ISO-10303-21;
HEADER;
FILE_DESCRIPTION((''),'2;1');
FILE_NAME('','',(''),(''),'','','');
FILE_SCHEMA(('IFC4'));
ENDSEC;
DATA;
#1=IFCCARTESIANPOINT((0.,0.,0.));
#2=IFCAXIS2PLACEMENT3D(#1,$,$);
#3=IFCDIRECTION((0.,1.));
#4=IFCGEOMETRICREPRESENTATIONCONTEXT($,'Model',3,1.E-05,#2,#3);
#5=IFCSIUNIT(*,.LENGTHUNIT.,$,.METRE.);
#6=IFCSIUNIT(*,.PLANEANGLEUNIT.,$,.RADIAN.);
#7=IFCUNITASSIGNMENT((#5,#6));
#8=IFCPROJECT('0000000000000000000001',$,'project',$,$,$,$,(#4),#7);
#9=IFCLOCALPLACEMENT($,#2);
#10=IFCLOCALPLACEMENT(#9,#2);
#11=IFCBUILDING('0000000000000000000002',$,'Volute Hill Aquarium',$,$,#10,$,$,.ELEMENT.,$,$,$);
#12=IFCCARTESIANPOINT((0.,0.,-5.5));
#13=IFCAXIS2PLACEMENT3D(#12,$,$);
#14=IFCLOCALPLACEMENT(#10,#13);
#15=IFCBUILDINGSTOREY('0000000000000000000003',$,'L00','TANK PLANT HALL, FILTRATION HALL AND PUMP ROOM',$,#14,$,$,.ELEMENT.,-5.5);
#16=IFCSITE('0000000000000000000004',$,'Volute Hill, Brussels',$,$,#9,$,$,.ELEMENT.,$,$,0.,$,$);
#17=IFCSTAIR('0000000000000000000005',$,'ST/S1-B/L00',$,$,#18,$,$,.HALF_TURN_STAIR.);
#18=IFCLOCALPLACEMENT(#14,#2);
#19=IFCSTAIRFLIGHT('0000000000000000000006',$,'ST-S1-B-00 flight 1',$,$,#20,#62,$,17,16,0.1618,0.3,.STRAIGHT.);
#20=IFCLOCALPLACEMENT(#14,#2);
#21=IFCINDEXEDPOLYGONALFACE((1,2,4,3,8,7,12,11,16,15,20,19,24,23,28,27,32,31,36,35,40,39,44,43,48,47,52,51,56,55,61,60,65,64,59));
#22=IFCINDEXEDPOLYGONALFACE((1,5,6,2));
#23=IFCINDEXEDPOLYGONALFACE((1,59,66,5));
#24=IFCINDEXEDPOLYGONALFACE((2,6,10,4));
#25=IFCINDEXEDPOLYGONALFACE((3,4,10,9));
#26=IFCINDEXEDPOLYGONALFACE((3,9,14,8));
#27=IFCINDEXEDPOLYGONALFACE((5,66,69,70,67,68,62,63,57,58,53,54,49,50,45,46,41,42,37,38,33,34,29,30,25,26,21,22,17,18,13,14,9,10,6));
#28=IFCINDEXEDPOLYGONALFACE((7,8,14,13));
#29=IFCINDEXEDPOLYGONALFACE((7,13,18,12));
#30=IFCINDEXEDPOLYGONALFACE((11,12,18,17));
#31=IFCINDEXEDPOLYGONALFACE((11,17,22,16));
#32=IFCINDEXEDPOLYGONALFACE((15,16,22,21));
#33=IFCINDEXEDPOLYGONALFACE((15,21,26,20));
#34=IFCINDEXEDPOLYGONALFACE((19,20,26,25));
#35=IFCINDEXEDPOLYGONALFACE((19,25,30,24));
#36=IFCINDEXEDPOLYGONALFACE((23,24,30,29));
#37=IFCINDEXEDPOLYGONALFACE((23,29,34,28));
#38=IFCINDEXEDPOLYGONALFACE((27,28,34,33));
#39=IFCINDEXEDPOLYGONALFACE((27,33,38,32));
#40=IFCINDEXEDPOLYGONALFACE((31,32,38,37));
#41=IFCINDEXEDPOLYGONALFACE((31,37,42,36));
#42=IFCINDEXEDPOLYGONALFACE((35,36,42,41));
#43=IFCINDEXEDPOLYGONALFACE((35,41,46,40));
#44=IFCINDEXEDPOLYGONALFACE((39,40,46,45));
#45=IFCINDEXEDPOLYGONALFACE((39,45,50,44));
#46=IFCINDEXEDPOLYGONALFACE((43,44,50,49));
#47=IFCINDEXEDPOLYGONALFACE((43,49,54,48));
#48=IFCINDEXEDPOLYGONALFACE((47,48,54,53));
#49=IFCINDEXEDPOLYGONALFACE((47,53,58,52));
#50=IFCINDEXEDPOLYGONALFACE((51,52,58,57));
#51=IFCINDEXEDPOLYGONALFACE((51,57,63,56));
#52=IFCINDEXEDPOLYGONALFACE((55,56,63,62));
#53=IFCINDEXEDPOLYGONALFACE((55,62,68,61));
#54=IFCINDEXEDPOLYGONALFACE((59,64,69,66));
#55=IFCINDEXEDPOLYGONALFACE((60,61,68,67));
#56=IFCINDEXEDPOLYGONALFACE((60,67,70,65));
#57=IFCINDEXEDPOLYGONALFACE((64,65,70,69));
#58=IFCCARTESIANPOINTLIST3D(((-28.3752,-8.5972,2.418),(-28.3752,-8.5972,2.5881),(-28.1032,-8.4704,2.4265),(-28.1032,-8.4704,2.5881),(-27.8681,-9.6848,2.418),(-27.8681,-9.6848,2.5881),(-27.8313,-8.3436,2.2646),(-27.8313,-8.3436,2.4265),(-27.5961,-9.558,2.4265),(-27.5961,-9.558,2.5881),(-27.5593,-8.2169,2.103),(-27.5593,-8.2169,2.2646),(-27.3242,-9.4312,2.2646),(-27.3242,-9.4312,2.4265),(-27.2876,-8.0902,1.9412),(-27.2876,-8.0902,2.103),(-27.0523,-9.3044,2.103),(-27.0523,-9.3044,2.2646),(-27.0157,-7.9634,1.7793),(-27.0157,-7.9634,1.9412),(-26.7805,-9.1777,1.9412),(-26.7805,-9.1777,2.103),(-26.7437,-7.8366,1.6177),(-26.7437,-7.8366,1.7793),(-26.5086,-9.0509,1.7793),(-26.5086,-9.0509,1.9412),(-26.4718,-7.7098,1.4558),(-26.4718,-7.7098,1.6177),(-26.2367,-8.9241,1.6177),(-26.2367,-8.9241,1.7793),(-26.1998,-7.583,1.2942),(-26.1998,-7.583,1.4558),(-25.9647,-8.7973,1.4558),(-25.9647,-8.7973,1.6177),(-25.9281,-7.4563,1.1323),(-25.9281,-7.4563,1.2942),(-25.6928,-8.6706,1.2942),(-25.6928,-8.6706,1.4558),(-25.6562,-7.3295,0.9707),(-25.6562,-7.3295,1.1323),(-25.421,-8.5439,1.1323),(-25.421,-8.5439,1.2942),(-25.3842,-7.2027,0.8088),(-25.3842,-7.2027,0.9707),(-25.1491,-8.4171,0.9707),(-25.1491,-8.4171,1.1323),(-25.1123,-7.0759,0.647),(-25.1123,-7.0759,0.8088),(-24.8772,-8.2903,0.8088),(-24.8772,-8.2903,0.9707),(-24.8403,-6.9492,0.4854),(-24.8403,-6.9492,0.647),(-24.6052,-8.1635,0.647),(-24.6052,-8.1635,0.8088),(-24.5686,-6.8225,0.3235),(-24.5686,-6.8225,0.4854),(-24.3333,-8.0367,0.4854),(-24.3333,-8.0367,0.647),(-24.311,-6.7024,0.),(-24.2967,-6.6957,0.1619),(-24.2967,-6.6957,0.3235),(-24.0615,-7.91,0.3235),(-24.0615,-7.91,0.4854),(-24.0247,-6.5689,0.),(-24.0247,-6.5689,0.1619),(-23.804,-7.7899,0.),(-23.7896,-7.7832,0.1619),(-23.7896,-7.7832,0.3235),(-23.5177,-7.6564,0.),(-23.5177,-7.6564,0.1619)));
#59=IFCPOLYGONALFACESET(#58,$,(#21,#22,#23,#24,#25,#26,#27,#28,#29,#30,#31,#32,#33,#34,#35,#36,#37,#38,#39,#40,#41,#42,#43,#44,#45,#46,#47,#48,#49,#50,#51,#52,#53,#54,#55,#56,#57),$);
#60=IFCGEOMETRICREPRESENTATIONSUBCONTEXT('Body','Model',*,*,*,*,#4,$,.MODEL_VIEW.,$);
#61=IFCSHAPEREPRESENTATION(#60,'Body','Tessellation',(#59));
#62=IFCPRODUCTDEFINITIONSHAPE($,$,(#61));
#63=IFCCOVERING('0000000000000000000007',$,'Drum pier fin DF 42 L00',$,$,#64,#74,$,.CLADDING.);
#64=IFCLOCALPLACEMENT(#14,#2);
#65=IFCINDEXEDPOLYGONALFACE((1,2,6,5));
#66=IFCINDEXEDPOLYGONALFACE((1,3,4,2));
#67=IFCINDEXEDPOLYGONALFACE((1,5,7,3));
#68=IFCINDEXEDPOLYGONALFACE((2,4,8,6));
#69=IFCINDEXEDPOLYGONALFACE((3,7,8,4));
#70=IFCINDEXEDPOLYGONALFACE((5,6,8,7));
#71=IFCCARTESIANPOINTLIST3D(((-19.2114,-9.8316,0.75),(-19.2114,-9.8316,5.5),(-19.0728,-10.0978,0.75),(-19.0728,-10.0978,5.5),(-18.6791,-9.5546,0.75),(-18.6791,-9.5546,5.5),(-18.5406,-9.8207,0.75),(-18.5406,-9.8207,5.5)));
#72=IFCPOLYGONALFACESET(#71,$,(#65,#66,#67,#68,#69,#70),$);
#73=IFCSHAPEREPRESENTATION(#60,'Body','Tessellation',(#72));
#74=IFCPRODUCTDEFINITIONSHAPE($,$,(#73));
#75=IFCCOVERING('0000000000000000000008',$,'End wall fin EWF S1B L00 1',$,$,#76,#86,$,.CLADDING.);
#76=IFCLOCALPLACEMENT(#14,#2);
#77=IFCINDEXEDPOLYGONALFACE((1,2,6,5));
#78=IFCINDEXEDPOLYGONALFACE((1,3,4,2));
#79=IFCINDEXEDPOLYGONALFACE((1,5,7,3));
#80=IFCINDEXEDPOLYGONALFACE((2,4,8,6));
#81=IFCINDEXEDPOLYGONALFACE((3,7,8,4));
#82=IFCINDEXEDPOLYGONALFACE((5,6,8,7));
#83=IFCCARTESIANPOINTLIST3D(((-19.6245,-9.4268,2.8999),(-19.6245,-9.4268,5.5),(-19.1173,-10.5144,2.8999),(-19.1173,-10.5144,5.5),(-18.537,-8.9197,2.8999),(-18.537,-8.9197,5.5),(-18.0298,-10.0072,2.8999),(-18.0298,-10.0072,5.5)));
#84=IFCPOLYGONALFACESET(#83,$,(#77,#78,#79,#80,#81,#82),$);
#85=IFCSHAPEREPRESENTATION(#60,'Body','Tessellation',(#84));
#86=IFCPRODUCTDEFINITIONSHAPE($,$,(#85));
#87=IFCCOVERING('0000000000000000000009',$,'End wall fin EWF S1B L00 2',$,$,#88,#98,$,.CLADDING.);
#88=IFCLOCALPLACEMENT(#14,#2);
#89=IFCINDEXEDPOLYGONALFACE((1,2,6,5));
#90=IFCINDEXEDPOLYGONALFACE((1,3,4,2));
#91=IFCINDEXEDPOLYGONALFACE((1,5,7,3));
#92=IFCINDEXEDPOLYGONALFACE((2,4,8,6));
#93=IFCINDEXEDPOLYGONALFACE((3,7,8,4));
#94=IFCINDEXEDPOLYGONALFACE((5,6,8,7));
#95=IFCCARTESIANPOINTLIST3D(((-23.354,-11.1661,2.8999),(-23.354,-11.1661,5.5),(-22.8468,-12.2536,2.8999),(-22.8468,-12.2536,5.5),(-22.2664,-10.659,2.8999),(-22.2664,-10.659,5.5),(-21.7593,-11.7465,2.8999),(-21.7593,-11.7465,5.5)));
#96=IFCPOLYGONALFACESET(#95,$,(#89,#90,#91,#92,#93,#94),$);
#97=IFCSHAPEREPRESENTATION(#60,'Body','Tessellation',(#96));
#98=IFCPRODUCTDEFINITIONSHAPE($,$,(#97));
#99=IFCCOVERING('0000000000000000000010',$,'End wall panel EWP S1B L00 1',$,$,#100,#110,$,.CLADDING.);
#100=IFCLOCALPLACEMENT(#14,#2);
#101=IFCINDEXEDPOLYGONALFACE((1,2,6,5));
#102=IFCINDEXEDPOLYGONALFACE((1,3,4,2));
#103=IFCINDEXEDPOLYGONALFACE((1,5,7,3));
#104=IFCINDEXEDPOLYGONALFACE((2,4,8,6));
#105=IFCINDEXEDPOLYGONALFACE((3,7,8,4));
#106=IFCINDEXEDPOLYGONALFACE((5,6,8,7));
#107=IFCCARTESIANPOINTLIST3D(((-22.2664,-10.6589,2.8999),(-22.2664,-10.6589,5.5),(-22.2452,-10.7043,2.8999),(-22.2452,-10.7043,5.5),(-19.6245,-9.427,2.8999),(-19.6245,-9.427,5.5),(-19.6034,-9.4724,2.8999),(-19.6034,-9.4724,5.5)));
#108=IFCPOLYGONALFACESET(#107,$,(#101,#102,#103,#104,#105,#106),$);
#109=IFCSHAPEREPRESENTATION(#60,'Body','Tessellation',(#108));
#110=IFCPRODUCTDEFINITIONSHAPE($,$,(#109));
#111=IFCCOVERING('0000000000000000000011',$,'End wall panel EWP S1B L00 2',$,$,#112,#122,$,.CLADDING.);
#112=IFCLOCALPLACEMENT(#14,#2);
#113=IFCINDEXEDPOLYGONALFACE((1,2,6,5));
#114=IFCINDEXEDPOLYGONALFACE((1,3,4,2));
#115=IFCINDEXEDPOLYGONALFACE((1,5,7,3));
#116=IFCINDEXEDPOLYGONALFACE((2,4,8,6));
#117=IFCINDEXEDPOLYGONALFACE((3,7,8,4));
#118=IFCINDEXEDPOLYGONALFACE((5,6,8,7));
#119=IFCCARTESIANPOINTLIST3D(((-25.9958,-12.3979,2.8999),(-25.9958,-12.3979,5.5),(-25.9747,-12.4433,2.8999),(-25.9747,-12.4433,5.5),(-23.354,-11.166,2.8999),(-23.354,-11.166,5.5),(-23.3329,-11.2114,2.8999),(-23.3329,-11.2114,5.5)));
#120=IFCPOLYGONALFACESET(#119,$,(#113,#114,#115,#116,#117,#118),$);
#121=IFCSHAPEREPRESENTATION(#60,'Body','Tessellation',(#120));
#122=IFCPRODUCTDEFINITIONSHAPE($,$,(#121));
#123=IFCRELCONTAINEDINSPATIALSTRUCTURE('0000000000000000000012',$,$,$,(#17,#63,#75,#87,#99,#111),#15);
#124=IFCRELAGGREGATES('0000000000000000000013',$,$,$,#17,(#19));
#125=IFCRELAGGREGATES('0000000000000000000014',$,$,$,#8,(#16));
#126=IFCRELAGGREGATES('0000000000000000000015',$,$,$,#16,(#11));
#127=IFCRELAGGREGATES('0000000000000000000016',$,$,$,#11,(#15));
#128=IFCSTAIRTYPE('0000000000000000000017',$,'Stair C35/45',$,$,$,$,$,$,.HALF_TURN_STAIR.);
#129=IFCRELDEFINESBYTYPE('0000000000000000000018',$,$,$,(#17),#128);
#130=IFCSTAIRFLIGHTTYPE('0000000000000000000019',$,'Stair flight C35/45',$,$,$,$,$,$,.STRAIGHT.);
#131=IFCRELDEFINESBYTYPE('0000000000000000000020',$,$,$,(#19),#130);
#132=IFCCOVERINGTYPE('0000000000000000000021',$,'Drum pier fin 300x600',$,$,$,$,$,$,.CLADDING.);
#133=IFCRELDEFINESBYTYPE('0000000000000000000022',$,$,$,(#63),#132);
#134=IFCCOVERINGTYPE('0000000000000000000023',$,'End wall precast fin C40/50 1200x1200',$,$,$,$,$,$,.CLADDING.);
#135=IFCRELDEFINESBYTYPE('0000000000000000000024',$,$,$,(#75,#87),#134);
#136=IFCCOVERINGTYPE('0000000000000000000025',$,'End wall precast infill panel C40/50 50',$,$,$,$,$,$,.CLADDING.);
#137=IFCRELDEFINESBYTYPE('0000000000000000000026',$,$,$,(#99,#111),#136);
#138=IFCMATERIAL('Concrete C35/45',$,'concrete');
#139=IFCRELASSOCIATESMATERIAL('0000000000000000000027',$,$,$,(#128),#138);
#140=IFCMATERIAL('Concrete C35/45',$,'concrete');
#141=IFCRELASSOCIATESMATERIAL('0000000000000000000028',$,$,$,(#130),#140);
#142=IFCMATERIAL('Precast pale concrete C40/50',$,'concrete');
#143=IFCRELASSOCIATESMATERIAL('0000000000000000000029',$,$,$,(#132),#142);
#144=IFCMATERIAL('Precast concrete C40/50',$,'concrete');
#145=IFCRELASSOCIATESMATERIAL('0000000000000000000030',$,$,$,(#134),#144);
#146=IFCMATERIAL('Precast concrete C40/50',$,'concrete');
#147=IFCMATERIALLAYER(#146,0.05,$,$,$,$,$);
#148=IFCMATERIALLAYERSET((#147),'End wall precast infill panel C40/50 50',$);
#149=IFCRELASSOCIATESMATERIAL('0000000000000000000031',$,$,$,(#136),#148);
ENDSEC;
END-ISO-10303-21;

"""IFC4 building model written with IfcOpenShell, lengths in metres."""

from ifc_helpers import new_model, si_unit, direction, frame, origin, origin_2d, place, context, subcontext, project, spatial, polyline, rectangle, outline, extrude, material, layer, layer_set, type_object, element, aggregate, save


model = new_model("IFC4")

# Units and contexts
model_context = context("Model", 3, precision=1e-05, world=origin(), true_north=direction((0.0, 1.0)))
body_context = subcontext(model_context, "Body", "Model", "MODEL_VIEW")
ifc_project = project(units=[si_unit("LENGTHUNIT", "METRE"), si_unit("PLANEANGLEUNIT", "RADIAN")], contexts=[model_context])

# Site, building, storey
site_placement = place(None, origin())
site = spatial("IfcSite", under=ifc_project, at=site_placement, Name="Volute Hill, Brussels", CompositionType="ELEMENT", RefElevation=0.0)
building_placement = place(site_placement, origin())
building = spatial("IfcBuilding", under=site, at=building_placement, Name="Volute Hill Aquarium", CompositionType="ELEMENT")
storey_placement = place(building_placement, frame((0.0, 0.0, -5.5)))
storey = spatial("IfcBuildingStorey", under=building, at=storey_placement, Name="L00", Description="TANK PLANT HALL, FILTRATION HALL AND PUMP ROOM", CompositionType="ELEMENT", Elevation=-5.5)

# Stair, stair flight
ifc_material_1 = material(Name="Concrete C35/45", Category="concrete")
stair_type = type_object("IfcStairType", Name="Stair C35/45", PredefinedType="HALF_TURN_STAIR", material=ifc_material_1)
stair_placement = place(storey_placement, origin())
stair = element("IfcStair", 1, at=stair_placement, inside=storey, type_object=stair_type, Name="ST/S1-B/L00", PredefinedType="HALF_TURN_STAIR")
ifc_material_2 = material(Name="Concrete C35/45", Category="concrete")
stair_flight_type = type_object("IfcStairFlightType", Name="Stair flight C35/45", PredefinedType="STRAIGHT", material=ifc_material_2)
stair_flight_placement = place(storey_placement, frame((-23.7712, -7.1125, 0.0), z_axis=(0.0, 0.0, 1.0), x_axis=(-0.906331, -0.422568, 0.0)))
stair_flight = element("IfcStairFlight", 2, at=stair_flight_placement, type_object=stair_flight_type, Name="ST-S1-B-00 flight 1", NumberOfRisers=17, NumberOfTreads=16, PredefinedType="STRAIGHT", RiserHeight=0.1618, TreadLength=0.3, context=body_context, shape_type="SweptSolid", body=[
    extrude(outline(polyline([(0.0, 0.0), (0.0, 0.1619), (0.3, 0.1619), (0.3, 0.3235), (0.6001, 0.3235), (0.6001, 0.4854), (0.8999, 0.4854), (0.8999, 0.647), (1.2, 0.647), (1.2, 0.8088), (1.5, 0.8088), (1.5, 0.9707), (1.8, 0.9707), (1.8, 1.1323), (2.1001, 1.1323), (2.1001, 1.2942), (2.3999, 1.2942), (2.3999, 1.4558), (2.7, 1.4558), (2.7, 1.6177), (3.0, 1.6177), (3.0, 1.7793), (3.3, 1.7793), (3.3, 1.9412), (3.6001, 1.9412), (3.6001, 2.103), (3.8999, 2.103), (3.8999, 2.2646), (4.2, 2.2646), (4.2, 2.4265), (4.5, 2.4265), (4.5, 2.5881), (4.8, 2.5881), (4.8, 2.75), (4.8, 2.418), (0.3159, 0.0), (0.0, 0.0)])), frame((0.0, 0.6001, 0.0), z_axis=(0.0, -1.0, 0.0), x_axis=(1.0, 0.0, 0.0)), (0.0, 0.0, 1.0), 1.2),
])
aggregate(stair, [stair_flight])

# Coverings
ifc_material_3 = material(Name="Precast pale concrete C40/50", Category="concrete")
covering_type_1 = type_object("IfcCoveringType", Name="Drum pier fin 300x600", PredefinedType="CLADDING", material=ifc_material_3)
covering_placement = place(storey_placement, frame((-18.876, -9.8262, 0.75), z_axis=(0.0, 0.0, 1.0), x_axis=(0.461749, -0.887011, 0.0)))
element("IfcCovering", 3, at=covering_placement, inside=storey, type_object=covering_type_1, Name="Drum pier fin DF 42 L00", PredefinedType="CLADDING", context=body_context, shape_type="SweptSolid", body=[
    extrude(rectangle(XDim=0.3, YDim=0.6001, at=origin_2d()), origin(), (0.0, 0.0, 1.0), 4.75),
])
ifc_material_4 = material(Name="Precast concrete C40/50", Category="concrete")
covering_type_2 = type_object("IfcCoveringType", Name="End wall precast fin C40/50 1200x1200", PredefinedType="CLADDING", material=ifc_material_4)
for number, where, z_axis, x_axis, name in (
    (4, (-18.8271, -9.717, 2.8999), (0.0, 0.0, 1.0), (-0.906304, -0.422626, 0.0), "End wall fin EWF S1B L00 1"),
    (5, (-22.5566, -11.4563, 2.8999), (0.0, 0.0, 1.0), (-0.906304, -0.422626, 0.0), "End wall fin EWF S1B L00 2"),
):
    element("IfcCovering", number, at=place(storey_placement, frame(where, z_axis=z_axis, x_axis=x_axis)), inside=storey, type_object=covering_type_2, Name=name, PredefinedType="CLADDING", context=body_context, shape_type="SweptSolid", body=[
        extrude(rectangle(XDim=1.2, YDim=1.2, at=origin_2d()), origin(), (0.0, 0.0, 1.0), 2.6001),
    ])
ifc_material_5 = material(Name="Precast concrete C40/50", Category="concrete")
ifc_layer_1 = layer(ifc_material_5, 0.05)
ifc_layer_set_1 = layer_set([ifc_layer_1], Name="End wall precast infill panel C40/50 50")
covering_type_3 = type_object("IfcCoveringType", Name="End wall precast infill panel C40/50 50", PredefinedType="CLADDING", material=ifc_layer_set_1)
for number, where, z_axis, x_axis, name in (
    (6, (-19.6245, -9.427, 2.8999), (-0.422624, 0.906305, 0.0), (-0.906305, -0.422624, 0.0), "End wall panel EWP S1B L00 1"),
    (7, (-23.354, -11.166, 2.8999), (-0.422624, 0.906305, 0.0), (-0.906305, -0.422624, 0.0), "End wall panel EWP S1B L00 2"),
):
    element("IfcCovering", number, at=place(storey_placement, frame(where, z_axis=z_axis, x_axis=x_axis)), inside=storey, type_object=covering_type_3, Name=name, PredefinedType="CLADDING", context=body_context, shape_type="SweptSolid", body=[
        extrude(outline(polyline([(0.0, 0.0), (2.915, 0.0), (2.915, 2.6001), (0.0, 2.6001), (0.0, 0.0)])), origin(), (0.0, 0.0, -1.0), 0.05),
    ])

save(model, "model.ifc")
